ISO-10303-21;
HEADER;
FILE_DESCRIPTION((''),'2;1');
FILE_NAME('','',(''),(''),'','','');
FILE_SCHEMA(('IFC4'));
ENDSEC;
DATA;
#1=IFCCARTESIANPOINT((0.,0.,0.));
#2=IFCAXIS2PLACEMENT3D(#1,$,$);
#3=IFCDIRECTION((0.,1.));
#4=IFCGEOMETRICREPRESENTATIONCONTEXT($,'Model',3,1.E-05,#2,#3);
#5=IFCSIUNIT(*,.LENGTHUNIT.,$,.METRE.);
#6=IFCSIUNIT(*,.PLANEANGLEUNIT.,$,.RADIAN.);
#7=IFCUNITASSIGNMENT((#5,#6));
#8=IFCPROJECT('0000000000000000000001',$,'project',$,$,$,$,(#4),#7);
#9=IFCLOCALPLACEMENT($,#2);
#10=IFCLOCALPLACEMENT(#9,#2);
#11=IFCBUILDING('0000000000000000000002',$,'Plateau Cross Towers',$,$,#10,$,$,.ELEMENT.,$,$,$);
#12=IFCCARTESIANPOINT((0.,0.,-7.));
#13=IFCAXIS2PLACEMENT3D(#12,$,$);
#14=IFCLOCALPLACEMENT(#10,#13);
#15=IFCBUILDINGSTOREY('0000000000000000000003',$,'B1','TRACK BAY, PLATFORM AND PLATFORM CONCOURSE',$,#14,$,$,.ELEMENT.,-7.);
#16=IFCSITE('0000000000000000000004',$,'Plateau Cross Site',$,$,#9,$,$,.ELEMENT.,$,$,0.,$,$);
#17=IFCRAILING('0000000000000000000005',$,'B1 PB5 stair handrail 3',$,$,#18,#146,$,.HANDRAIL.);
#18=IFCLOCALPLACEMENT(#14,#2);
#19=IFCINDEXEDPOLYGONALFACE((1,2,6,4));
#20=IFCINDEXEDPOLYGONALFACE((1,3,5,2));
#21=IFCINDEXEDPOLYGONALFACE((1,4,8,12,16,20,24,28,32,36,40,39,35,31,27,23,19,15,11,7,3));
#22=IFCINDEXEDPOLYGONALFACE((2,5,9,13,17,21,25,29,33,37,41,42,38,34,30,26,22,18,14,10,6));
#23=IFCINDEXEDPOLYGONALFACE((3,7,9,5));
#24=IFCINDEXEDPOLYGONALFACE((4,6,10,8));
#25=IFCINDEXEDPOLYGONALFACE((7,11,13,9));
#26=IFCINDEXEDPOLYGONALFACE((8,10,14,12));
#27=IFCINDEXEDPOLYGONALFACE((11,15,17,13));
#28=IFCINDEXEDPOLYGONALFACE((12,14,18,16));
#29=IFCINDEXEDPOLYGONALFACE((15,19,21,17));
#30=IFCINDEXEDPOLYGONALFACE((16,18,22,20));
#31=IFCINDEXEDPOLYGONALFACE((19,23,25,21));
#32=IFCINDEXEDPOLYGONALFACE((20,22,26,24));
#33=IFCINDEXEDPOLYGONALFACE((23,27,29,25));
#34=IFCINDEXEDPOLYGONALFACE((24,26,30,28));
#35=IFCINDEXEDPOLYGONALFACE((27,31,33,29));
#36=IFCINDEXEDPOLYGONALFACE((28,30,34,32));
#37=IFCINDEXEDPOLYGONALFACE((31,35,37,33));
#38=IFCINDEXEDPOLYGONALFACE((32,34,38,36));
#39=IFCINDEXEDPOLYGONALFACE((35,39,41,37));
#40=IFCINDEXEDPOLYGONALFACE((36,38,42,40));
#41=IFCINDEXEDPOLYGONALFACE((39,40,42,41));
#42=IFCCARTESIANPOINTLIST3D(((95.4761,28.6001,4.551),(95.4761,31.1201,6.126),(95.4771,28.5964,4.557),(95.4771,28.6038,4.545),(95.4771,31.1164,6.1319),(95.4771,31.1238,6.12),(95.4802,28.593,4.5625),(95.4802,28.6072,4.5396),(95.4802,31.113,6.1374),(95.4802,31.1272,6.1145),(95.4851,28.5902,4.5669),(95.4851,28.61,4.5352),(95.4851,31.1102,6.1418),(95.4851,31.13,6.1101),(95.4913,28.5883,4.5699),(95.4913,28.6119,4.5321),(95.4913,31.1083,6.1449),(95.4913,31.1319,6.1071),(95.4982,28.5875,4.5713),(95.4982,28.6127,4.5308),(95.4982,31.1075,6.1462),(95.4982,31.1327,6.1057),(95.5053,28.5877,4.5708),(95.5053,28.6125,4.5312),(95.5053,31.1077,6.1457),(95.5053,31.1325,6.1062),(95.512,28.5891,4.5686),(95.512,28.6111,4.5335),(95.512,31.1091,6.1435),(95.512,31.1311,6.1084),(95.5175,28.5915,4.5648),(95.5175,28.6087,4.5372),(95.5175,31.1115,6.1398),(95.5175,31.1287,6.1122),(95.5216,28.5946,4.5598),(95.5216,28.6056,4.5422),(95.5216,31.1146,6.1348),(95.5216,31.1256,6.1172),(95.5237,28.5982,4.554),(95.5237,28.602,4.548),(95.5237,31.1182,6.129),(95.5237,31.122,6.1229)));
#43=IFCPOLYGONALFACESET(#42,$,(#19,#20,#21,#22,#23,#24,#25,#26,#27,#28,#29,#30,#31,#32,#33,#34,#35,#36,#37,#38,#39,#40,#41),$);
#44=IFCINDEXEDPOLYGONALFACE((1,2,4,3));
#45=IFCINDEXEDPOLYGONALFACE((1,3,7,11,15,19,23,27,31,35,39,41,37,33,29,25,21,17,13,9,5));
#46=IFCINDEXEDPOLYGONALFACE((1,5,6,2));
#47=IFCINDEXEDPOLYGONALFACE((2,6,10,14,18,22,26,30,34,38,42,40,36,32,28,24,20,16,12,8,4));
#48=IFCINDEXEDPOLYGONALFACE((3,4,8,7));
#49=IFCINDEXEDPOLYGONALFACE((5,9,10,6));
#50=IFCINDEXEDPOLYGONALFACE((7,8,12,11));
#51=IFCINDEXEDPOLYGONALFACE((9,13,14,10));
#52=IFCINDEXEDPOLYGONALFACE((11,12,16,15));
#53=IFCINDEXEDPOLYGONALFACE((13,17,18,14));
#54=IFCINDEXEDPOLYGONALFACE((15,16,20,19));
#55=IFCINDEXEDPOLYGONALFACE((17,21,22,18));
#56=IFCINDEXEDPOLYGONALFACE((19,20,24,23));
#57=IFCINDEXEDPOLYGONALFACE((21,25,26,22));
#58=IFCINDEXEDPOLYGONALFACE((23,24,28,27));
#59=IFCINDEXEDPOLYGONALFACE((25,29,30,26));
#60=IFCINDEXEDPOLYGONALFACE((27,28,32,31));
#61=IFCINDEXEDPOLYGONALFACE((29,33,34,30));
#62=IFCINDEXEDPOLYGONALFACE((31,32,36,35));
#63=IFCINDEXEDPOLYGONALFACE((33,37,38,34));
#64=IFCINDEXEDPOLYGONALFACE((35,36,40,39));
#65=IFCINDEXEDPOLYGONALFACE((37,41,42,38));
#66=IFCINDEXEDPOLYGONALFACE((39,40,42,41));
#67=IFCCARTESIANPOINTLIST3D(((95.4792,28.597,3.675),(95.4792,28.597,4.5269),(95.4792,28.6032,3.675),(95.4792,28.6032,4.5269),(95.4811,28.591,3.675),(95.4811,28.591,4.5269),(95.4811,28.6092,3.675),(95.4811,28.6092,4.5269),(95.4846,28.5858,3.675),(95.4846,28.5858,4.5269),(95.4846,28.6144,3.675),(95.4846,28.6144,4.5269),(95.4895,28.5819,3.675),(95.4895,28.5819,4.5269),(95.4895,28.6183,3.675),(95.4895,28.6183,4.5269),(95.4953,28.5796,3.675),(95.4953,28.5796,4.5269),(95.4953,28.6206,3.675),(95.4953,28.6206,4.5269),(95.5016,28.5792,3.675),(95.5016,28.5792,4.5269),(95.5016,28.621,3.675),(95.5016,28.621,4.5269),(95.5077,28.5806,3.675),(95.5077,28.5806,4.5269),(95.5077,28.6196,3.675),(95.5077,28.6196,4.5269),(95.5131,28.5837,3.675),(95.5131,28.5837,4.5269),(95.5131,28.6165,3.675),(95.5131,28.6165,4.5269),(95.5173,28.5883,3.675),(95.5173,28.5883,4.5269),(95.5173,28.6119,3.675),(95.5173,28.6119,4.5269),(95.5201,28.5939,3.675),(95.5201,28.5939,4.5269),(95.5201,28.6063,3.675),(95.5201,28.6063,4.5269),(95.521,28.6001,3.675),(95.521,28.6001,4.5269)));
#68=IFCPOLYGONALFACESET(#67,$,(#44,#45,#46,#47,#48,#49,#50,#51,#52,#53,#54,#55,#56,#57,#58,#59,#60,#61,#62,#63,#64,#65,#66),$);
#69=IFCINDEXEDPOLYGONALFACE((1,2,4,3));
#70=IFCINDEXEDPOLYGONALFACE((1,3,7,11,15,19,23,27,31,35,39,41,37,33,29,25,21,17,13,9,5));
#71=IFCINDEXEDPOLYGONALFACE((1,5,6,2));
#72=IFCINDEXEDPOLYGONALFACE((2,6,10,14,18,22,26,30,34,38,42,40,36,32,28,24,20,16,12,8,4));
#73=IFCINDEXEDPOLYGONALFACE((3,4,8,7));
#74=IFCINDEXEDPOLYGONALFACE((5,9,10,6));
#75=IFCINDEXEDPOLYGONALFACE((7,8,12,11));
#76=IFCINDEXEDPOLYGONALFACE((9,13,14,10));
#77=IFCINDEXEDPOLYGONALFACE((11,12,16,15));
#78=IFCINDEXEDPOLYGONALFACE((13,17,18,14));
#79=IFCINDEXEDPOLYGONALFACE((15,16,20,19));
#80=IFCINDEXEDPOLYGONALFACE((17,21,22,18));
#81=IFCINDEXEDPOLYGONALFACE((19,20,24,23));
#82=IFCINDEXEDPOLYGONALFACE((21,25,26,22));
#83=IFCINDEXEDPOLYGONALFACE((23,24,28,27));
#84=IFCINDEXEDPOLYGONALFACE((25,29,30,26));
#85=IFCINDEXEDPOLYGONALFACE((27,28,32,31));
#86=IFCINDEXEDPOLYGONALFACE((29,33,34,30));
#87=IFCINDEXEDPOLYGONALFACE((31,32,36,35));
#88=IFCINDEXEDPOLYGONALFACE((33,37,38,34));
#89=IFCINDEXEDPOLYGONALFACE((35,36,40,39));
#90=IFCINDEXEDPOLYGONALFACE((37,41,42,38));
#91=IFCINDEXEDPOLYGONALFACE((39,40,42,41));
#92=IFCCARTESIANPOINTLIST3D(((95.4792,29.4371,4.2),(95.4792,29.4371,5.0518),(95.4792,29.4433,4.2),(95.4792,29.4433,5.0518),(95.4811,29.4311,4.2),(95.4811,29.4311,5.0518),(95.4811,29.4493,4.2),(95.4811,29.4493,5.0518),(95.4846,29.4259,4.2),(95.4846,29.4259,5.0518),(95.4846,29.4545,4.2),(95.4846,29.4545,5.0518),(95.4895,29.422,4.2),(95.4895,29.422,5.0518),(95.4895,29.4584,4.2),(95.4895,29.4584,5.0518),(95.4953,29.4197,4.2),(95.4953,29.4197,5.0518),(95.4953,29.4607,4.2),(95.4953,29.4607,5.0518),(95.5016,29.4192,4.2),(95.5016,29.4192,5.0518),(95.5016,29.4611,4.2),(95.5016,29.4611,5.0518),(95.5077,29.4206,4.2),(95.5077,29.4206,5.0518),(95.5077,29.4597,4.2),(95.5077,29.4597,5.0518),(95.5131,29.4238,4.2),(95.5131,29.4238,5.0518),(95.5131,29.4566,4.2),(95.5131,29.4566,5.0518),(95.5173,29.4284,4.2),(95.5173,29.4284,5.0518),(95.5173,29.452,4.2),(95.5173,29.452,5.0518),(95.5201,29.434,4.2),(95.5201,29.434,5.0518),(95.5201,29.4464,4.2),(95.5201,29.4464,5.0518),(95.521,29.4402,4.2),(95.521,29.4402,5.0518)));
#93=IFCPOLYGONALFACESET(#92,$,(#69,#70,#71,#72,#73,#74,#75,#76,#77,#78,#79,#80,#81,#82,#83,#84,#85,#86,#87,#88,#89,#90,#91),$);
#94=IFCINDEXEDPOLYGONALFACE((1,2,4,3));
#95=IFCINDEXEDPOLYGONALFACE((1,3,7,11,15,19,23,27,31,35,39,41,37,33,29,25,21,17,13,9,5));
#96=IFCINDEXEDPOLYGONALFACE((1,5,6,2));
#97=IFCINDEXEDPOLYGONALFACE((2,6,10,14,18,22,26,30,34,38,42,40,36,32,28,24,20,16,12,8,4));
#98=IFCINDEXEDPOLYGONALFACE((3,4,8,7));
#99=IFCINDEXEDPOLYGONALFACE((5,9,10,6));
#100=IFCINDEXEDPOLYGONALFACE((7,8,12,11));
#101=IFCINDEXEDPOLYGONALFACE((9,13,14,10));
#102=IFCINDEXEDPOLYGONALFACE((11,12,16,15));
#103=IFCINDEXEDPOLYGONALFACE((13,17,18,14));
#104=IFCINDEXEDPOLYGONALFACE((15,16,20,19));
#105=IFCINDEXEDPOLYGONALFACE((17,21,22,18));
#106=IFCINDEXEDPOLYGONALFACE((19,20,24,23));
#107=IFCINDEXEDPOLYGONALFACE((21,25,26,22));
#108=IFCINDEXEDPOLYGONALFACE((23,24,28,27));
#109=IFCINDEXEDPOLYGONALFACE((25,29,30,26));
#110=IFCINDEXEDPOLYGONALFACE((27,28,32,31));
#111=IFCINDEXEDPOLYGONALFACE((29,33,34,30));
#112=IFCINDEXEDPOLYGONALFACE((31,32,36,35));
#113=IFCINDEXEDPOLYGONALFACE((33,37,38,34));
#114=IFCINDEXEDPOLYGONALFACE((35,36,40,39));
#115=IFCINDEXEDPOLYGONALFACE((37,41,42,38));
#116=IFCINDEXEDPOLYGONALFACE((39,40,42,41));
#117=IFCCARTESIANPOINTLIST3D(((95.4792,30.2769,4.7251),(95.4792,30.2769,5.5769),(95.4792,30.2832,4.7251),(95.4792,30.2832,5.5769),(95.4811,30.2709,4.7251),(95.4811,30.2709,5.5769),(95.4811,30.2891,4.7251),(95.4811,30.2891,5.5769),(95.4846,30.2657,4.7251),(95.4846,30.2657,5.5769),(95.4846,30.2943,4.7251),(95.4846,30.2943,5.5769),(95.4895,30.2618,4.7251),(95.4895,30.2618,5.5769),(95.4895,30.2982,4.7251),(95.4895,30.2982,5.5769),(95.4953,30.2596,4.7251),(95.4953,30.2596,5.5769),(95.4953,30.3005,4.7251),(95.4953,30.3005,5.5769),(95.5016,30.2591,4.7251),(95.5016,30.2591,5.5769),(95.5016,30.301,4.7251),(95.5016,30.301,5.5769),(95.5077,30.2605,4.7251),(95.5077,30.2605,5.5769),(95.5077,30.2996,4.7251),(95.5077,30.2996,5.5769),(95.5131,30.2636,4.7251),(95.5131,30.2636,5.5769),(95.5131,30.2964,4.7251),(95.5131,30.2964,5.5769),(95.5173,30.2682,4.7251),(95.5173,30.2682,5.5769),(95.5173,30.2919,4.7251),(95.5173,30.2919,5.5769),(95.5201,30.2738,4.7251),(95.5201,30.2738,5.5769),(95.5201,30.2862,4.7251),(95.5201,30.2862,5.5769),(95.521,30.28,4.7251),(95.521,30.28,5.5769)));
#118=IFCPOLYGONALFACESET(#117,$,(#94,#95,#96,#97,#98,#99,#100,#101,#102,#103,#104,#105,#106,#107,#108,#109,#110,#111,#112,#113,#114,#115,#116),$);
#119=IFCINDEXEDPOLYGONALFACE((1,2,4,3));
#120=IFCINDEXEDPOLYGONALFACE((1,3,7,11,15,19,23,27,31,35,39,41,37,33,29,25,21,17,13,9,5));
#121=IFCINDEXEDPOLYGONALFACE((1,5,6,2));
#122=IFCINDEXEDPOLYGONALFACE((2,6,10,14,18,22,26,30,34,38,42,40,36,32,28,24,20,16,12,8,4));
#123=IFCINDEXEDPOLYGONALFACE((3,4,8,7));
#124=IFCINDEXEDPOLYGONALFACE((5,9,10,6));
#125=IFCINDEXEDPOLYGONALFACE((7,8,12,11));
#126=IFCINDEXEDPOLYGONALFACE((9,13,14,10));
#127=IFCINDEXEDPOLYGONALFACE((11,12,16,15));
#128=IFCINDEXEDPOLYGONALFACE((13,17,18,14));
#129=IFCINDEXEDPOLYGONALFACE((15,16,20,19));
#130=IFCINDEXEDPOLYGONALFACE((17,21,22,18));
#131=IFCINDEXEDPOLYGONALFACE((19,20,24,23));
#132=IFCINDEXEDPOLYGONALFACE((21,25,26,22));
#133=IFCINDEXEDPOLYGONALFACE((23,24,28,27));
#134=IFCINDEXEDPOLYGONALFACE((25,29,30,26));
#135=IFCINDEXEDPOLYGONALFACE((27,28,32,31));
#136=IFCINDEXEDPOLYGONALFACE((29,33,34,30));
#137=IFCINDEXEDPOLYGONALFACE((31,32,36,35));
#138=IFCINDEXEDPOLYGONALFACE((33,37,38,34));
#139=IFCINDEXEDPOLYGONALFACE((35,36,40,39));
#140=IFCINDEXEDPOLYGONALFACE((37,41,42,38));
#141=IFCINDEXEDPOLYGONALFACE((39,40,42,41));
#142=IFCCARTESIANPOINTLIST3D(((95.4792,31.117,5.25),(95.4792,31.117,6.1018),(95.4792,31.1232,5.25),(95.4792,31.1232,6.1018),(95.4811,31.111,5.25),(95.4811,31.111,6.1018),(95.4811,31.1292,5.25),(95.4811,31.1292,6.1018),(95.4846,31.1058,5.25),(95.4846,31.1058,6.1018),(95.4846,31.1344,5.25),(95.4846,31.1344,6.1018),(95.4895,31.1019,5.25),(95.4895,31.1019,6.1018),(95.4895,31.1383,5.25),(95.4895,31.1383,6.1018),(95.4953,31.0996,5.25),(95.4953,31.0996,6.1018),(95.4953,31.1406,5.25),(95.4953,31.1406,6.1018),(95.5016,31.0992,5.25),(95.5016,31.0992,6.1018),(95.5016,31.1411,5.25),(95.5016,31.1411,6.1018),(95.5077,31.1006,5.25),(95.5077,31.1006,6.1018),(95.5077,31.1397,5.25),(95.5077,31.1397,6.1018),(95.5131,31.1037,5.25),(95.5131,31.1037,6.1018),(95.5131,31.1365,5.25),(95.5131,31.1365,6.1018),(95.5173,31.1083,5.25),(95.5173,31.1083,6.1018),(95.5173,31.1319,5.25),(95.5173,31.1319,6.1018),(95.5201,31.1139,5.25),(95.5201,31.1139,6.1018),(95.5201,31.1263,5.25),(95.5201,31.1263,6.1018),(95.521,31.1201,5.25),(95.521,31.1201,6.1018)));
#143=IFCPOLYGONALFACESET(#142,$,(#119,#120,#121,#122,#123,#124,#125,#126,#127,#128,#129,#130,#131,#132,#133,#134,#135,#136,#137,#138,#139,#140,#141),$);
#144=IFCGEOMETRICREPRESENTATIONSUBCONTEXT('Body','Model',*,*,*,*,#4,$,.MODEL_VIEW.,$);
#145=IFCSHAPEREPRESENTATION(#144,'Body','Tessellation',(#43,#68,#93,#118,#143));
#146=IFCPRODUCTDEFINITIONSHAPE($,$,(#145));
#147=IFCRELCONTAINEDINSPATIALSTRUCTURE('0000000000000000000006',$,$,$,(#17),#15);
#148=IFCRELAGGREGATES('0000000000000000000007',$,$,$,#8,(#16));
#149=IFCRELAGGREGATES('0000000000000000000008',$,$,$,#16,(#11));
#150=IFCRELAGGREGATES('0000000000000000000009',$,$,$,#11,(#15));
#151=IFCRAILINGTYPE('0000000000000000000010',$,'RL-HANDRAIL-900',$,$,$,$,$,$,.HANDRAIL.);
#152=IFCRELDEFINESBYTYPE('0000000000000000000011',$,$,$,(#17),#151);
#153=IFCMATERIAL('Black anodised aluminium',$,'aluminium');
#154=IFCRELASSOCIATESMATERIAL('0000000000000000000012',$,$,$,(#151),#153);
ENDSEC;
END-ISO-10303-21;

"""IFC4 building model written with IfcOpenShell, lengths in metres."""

from ifc_helpers import new_model, si_unit, direction, frame, origin, origin_2d, place, context, subcontext, project, spatial, circle, extrude, material, type_object, element, save


model = new_model("IFC4")

# Units and contexts
model_context = context("Model", 3, precision=1e-05, world=origin(), true_north=direction((0.0, 1.0)))
body_context = subcontext(model_context, "Body", "Model", "MODEL_VIEW")
ifc_project = project(units=[si_unit("LENGTHUNIT", "METRE"), si_unit("PLANEANGLEUNIT", "RADIAN")], contexts=[model_context])

# Site, building, storey
site_placement = place(None, origin())
site = spatial("IfcSite", under=ifc_project, at=site_placement, Name="Plateau Cross Site", CompositionType="ELEMENT", RefElevation=0.0)
building_placement = place(site_placement, origin())
building = spatial("IfcBuilding", under=site, at=building_placement, Name="Plateau Cross Towers", CompositionType="ELEMENT")
storey_placement = place(building_placement, frame((0.0, 0.0, -7.0)))
storey = spatial("IfcBuildingStorey", under=building, at=storey_placement, Name="B1", Description="TRACK BAY, PLATFORM AND PLATFORM CONCOURSE", CompositionType="ELEMENT", Elevation=-7.0)

# Railing
ifc_material_1 = material(Name="Black anodised aluminium", Category="aluminium")
railing_type_1 = type_object("IfcRailingType", Name="RL-HANDRAIL-900", PredefinedType="HANDRAIL", material=ifc_material_1)
railing_1_placement = place(storey_placement, frame((95.5, 28.6001, 3.675)))
element("IfcRailing", 1, at=railing_1_placement, inside=storey, type_object=railing_type_1, Name="B1 PB5 stair handrail 3", PredefinedType="HANDRAIL", context=body_context, shape_type="SweptSolid", body=[
    extrude(circle(Radius=0.0239, at=origin_2d()), frame((0.0, 0.0, 0.876), z_axis=(0.0, 0.848008, 0.529984), x_axis=(-1.0, 0.0, 0.0)), (0.0, 0.0, 1.0), 2.9717),
    extrude(circle(Radius=0.021, at=origin_2d()), origin(), (0.0, 0.0, 1.0), 0.8518),
    extrude(circle(Radius=0.021, at=origin_2d()), frame((0.0, 0.8401, 0.5249)), (0.0, 0.0, 1.0), 0.8518),
    extrude(circle(Radius=0.021, at=origin_2d()), frame((0.0, 1.6799, 1.05)), (0.0, 0.0, 1.0), 0.8518),
    extrude(circle(Radius=0.021, at=origin_2d()), frame((0.0, 2.52, 1.575)), (0.0, 0.0, 1.0), 0.8518),
])

save(model, "model.ifc")
